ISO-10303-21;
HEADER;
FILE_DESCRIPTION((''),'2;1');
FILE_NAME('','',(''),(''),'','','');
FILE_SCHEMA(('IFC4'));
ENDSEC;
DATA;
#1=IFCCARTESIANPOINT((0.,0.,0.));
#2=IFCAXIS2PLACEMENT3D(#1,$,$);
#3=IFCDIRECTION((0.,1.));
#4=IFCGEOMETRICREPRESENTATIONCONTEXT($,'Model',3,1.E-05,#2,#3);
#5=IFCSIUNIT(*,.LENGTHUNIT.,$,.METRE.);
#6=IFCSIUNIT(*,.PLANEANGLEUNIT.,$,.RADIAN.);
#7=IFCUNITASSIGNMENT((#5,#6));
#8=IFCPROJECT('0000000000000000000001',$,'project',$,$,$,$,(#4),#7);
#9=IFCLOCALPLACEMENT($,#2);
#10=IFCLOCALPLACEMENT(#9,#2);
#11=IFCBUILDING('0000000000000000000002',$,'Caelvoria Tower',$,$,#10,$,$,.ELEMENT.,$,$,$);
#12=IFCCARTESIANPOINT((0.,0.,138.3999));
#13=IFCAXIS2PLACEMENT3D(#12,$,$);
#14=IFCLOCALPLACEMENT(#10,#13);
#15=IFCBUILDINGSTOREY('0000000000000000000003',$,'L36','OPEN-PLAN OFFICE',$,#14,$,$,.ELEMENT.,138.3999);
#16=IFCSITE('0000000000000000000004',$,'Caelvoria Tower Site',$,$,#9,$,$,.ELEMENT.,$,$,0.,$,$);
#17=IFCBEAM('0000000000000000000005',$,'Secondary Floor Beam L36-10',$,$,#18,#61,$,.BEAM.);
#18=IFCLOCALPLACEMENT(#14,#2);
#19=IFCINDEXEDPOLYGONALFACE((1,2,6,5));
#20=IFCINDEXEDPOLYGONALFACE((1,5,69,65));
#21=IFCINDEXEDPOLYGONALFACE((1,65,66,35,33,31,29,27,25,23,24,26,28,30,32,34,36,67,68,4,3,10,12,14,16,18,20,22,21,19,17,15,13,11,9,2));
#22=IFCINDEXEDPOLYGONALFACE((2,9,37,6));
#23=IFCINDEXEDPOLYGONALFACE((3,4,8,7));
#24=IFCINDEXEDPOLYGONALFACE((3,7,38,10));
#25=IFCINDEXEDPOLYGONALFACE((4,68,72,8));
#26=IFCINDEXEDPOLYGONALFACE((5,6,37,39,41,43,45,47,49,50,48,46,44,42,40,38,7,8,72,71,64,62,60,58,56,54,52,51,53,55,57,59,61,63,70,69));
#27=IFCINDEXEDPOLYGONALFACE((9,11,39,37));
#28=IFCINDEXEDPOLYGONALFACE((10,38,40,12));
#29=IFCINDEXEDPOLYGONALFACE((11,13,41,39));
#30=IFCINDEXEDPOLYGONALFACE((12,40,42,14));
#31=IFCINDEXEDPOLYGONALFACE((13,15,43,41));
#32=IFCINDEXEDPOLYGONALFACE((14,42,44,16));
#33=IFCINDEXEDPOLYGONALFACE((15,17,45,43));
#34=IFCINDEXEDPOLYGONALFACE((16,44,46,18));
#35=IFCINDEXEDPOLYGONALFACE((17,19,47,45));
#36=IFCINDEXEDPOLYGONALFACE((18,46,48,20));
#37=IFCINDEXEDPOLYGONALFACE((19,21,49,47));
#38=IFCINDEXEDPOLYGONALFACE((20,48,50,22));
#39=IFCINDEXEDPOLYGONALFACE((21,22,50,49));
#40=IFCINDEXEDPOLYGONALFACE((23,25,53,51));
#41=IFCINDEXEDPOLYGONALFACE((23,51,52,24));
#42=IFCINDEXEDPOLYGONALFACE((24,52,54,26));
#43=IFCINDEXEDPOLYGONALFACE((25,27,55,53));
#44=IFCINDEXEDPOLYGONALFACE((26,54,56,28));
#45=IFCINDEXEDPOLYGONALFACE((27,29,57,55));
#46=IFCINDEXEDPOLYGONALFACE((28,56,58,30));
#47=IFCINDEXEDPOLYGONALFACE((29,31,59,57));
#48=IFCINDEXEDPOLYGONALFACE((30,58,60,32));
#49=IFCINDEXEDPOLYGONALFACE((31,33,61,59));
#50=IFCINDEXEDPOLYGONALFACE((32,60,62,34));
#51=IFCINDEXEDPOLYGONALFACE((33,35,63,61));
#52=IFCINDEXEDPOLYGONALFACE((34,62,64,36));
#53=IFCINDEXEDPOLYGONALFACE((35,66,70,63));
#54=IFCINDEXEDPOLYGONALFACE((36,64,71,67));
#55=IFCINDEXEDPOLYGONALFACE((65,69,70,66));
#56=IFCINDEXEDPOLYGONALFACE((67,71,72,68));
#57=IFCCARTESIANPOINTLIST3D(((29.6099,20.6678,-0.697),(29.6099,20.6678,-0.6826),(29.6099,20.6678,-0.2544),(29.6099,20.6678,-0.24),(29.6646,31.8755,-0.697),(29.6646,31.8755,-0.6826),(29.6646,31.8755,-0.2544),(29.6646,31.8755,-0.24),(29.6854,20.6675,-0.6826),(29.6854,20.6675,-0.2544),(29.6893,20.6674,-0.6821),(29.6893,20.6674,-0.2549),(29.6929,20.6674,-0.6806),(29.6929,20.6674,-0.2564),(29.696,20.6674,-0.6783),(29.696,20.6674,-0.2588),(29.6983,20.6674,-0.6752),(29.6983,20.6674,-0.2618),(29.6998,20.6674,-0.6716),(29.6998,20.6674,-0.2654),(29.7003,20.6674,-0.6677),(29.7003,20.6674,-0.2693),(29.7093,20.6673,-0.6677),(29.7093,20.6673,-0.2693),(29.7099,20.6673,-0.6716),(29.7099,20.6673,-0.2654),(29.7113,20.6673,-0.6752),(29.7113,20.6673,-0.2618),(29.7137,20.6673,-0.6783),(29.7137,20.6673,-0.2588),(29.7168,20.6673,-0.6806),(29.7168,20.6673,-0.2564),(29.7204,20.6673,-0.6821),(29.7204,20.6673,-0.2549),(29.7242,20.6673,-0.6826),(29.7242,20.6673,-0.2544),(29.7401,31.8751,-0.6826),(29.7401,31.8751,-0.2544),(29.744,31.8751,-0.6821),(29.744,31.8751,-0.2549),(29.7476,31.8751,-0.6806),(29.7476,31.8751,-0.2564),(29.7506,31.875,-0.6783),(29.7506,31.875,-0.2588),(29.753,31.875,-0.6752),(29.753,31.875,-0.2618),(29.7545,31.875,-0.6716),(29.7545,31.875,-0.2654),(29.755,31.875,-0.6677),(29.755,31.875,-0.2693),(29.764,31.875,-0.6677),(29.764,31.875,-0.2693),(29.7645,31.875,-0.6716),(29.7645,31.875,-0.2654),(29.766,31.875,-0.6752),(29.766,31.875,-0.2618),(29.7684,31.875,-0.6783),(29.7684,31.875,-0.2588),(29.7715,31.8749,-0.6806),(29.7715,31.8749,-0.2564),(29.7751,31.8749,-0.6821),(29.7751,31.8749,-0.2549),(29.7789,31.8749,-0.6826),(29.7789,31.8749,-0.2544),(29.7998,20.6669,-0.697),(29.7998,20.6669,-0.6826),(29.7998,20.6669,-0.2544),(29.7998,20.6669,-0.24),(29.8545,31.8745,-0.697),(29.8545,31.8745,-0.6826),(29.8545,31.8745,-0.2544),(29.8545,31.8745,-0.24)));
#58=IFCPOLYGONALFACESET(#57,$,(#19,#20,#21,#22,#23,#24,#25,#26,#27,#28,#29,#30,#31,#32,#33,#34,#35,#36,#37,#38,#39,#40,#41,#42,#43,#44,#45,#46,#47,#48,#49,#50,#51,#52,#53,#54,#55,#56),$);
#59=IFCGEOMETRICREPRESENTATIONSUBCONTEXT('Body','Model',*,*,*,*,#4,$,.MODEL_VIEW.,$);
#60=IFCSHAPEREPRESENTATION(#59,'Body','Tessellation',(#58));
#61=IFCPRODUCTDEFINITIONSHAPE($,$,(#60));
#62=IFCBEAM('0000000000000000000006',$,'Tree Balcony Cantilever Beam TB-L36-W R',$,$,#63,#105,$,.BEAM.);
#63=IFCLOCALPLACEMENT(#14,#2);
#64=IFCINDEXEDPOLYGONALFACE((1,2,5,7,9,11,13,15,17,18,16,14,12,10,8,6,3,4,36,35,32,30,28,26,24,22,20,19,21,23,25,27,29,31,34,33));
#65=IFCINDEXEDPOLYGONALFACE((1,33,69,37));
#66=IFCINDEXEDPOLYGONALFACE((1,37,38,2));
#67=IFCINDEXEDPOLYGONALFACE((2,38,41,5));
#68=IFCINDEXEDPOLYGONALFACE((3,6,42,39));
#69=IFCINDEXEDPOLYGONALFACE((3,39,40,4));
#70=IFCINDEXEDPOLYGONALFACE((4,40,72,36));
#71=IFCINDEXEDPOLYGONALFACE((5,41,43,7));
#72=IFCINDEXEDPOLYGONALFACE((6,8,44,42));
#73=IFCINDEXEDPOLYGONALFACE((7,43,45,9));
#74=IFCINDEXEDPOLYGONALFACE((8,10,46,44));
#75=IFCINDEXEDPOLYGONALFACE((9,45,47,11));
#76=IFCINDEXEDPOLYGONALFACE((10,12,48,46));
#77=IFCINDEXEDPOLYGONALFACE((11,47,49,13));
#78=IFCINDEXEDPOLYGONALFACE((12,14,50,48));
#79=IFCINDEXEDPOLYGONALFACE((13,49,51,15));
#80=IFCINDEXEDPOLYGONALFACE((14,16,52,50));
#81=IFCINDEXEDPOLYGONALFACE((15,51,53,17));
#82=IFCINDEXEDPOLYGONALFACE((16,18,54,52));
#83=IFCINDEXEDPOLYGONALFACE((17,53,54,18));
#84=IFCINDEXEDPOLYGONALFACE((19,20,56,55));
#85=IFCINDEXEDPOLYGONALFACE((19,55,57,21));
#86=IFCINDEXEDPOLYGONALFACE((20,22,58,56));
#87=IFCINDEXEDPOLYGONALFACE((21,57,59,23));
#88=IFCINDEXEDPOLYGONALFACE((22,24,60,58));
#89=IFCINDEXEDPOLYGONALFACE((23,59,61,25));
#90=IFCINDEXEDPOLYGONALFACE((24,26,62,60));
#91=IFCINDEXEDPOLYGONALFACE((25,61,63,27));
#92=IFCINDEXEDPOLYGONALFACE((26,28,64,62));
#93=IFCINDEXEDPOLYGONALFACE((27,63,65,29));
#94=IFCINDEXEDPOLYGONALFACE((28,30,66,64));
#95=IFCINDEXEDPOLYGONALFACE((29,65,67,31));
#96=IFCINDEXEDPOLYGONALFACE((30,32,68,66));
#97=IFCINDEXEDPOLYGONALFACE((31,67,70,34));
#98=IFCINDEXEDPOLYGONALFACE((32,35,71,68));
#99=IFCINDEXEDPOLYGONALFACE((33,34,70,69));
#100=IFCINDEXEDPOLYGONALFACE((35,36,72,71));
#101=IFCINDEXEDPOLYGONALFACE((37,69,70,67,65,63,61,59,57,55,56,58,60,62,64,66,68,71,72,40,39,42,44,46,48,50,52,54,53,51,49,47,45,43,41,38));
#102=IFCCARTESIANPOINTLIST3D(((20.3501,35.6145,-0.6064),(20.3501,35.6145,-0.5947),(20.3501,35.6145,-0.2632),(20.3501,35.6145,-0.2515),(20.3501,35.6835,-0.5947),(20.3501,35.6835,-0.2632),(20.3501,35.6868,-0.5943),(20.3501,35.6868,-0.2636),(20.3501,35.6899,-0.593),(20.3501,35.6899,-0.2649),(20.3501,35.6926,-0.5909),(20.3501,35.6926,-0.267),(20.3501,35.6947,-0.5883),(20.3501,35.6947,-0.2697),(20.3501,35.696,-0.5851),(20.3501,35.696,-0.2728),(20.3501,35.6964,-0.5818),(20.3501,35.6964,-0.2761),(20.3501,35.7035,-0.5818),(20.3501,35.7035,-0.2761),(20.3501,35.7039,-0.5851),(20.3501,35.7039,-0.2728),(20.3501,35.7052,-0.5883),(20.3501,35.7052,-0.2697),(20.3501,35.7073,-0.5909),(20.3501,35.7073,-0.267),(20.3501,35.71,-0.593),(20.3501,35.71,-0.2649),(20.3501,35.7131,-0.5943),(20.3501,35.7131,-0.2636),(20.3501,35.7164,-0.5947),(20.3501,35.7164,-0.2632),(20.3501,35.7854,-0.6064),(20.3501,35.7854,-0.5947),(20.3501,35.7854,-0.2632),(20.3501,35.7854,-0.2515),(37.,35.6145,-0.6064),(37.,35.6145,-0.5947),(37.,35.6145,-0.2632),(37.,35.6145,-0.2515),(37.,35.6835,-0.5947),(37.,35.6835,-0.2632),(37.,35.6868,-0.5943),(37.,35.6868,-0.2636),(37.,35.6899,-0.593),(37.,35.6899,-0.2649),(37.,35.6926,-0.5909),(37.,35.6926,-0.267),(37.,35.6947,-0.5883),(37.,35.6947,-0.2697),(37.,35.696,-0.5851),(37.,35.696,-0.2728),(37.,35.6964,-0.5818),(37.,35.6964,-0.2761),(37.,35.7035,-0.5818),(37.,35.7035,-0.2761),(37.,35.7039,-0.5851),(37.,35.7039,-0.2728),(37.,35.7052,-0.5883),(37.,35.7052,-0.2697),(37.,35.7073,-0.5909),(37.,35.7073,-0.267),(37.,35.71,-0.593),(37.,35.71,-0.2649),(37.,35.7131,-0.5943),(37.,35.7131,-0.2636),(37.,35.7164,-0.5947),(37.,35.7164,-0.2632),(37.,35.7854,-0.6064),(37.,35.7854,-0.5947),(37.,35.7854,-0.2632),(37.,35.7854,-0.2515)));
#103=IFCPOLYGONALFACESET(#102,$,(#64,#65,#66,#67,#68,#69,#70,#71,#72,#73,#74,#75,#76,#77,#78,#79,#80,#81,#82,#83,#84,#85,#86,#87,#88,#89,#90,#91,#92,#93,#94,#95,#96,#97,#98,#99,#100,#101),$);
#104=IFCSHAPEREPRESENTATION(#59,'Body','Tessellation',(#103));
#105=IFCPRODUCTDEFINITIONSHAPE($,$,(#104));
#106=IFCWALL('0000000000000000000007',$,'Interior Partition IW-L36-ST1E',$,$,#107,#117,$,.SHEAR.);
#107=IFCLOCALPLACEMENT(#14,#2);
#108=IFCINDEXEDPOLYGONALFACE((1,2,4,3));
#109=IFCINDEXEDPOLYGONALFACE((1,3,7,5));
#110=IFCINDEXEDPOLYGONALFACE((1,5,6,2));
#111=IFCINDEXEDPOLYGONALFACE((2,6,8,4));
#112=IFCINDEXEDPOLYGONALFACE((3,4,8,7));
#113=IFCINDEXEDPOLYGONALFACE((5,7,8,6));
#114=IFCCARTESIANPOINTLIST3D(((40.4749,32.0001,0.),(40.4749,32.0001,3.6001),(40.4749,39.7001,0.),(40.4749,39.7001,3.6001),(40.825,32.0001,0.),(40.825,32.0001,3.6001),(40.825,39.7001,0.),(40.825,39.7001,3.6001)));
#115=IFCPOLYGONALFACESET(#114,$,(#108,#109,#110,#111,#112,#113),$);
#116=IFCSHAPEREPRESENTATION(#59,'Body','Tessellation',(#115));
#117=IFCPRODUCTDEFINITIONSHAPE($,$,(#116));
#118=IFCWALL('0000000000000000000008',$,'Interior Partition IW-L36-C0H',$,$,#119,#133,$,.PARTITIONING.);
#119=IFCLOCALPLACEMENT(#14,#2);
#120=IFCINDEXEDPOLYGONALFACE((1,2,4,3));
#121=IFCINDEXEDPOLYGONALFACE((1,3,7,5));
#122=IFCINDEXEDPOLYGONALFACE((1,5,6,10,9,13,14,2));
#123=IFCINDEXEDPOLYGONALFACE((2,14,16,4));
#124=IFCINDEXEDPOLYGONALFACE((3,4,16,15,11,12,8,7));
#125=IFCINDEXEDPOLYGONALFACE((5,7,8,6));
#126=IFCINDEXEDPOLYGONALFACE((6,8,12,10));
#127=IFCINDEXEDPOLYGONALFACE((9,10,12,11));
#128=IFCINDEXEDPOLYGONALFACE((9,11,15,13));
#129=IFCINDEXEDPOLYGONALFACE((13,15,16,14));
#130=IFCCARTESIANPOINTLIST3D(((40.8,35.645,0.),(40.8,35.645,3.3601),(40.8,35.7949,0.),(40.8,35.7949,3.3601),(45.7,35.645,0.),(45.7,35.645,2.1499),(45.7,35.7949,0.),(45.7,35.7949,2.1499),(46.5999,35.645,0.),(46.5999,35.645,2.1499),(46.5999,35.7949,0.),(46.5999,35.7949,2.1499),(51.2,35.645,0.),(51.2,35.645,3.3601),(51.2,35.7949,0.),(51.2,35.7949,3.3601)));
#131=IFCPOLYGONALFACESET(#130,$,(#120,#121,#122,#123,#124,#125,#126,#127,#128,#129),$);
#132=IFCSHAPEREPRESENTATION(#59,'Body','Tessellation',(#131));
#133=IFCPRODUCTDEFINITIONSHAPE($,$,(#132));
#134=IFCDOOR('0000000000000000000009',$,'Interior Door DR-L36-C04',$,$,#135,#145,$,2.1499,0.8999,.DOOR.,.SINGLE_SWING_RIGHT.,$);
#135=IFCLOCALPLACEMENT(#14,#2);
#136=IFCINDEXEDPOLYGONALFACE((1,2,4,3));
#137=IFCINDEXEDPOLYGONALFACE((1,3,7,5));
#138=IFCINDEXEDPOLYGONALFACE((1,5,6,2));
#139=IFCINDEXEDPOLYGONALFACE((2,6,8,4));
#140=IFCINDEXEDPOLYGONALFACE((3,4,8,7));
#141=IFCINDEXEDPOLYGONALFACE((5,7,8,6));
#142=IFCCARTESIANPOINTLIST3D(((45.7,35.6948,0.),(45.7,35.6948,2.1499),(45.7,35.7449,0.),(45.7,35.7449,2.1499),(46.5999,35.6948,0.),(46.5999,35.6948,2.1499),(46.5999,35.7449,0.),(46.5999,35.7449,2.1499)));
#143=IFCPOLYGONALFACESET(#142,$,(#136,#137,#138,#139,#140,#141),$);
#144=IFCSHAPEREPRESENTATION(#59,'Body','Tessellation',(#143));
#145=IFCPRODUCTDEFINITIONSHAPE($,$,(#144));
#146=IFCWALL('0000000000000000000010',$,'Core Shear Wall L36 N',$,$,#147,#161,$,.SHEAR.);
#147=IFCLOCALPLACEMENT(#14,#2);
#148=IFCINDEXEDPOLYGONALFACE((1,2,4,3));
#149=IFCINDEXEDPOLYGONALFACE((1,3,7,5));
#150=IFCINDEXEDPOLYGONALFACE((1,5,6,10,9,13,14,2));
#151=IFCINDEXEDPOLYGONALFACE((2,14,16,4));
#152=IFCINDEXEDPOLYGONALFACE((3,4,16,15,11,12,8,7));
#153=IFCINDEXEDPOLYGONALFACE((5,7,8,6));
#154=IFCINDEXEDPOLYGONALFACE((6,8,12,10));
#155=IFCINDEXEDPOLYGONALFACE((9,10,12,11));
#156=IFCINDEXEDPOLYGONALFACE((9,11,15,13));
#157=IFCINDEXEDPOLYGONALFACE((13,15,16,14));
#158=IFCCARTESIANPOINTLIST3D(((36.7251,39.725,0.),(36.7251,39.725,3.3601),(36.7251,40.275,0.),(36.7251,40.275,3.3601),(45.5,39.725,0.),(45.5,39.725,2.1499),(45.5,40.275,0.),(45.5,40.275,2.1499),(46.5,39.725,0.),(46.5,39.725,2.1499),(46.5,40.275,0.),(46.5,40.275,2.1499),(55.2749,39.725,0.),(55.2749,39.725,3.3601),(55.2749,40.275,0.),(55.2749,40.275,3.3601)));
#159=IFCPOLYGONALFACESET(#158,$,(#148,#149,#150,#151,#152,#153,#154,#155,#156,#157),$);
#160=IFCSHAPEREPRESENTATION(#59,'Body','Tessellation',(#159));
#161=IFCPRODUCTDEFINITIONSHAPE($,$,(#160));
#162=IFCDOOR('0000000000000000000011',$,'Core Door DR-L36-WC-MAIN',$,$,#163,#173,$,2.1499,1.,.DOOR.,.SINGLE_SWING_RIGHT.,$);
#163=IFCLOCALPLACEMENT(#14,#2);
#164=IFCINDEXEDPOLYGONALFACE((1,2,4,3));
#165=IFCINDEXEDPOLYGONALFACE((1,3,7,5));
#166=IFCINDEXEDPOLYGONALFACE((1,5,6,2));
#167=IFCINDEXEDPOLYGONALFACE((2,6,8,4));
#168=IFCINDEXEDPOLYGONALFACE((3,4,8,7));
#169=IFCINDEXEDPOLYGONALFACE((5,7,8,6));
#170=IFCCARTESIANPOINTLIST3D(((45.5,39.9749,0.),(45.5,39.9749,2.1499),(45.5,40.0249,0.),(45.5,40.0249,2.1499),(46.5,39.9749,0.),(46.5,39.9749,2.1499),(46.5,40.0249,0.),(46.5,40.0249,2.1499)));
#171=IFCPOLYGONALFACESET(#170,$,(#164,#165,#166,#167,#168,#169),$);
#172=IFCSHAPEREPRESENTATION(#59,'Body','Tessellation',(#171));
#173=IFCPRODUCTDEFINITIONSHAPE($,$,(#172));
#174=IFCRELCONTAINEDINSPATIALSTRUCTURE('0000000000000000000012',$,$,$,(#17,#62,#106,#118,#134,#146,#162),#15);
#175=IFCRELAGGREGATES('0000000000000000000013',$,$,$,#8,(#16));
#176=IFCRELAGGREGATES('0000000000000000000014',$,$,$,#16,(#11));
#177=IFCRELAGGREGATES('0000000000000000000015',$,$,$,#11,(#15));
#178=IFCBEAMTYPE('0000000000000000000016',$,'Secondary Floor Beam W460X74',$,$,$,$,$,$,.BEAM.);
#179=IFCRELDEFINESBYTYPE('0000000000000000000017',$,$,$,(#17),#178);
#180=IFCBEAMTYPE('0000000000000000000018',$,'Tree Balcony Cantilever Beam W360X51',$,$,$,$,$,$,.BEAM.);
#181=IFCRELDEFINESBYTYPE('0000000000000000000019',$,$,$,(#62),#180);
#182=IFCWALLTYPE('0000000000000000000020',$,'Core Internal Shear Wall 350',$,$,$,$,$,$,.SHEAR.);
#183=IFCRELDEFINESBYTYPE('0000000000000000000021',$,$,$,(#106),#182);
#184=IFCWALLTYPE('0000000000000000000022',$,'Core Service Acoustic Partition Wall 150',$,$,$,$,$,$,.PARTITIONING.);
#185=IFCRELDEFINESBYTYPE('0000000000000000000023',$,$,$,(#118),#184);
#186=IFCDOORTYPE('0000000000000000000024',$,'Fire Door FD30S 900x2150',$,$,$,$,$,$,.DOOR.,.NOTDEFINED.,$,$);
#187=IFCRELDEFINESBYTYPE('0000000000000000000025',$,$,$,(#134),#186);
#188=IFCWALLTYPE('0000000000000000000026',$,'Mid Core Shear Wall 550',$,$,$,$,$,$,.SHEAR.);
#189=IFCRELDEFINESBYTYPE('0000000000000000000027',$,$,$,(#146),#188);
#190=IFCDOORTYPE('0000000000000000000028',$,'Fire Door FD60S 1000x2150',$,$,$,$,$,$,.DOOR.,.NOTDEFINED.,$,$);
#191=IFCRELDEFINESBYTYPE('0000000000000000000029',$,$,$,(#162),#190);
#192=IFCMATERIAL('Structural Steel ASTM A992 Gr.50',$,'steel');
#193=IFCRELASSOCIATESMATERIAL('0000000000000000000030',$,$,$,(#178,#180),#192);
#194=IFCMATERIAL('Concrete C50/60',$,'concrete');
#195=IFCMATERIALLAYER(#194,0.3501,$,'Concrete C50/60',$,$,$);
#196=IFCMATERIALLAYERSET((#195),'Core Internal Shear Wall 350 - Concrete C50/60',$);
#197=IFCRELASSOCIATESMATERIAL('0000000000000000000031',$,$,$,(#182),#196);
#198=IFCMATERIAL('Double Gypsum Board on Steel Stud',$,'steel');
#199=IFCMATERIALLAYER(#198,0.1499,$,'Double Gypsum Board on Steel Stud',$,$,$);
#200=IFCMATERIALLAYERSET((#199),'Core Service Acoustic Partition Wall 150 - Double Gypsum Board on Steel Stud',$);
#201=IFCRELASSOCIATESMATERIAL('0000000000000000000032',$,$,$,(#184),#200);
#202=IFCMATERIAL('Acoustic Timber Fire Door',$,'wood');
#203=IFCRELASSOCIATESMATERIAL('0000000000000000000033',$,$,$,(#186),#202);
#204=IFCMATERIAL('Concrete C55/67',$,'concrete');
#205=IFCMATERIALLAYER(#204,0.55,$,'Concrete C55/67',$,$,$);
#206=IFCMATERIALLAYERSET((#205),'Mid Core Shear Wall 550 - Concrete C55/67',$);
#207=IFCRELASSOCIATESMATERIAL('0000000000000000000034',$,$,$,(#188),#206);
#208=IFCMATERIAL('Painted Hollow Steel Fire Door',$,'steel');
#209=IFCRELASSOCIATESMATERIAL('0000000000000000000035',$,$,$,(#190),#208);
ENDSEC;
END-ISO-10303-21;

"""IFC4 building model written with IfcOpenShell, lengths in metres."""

from ifc_helpers import new_model, si_unit, direction, frame, frame_2d, origin, origin_2d, place, context, subcontext, project, spatial, rectangle, i_section, extrude, material, layer, layer_set, material_profile, profile_set, type_object, element, fill, save


model = new_model("IFC4")

# Units and contexts
model_context = context("Model", 3, precision=1e-05, world=origin(), true_north=direction((0.0, 1.0)))
body_context = subcontext(model_context, "Body", "Model", "MODEL_VIEW")
ifc_project = project(units=[si_unit("LENGTHUNIT", "METRE"), si_unit("PLANEANGLEUNIT", "RADIAN")], contexts=[model_context])

# Site, building, storey
site_placement = place(None, origin())
site = spatial("IfcSite", under=ifc_project, at=site_placement, Name="Caelvoria Tower Site", CompositionType="ELEMENT", RefElevation=0.0)
building_placement = place(site_placement, origin())
building = spatial("IfcBuilding", under=site, at=building_placement, Name="Caelvoria Tower", CompositionType="ELEMENT")
storey_placement = place(building_placement, frame((0.0, 0.0, 138.3999)))
storey = spatial("IfcBuildingStorey", under=building, at=storey_placement, Name="L36", Description="OPEN-PLAN OFFICE", CompositionType="ELEMENT", Elevation=138.3999)

# Shared definitions
ifc_material_1 = material(Name="Structural Steel ASTM A992 Gr.50", Category="steel")

# Beams
ifc_material_profile_1 = material_profile(ifc_material_1, i_section(OverallWidth=0.1899, OverallDepth=0.457, WebThickness=0.009, FlangeThickness=0.0144, FilletRadius=0.0149, at=origin_2d()), Name="Structural Steel ASTM A992 Gr.50")
ifc_profile_set_1 = profile_set([ifc_material_profile_1], Name="W460X74 - Structural Steel ASTM A992 Gr.50")
beam_type_1 = type_object("IfcBeamType", Name="Secondary Floor Beam W460X74", PredefinedType="BEAM", material=ifc_profile_set_1)
for number, where, z_axis, x_axis, name in (
    (1, (29.7595, 31.875, -0.4685), (-0.004879, -0.999988, 0.0), (0.999988, -0.004879, 0.0), "Secondary Floor Beam L36-10"),
):
    element("IfcBeam", number, at=place(storey_placement, frame(where, z_axis=z_axis, x_axis=x_axis)), inside=storey, type_object=beam_type_1, Name=name, PredefinedType="BEAM", context=body_context, shape_type="SweptSolid", body=[
        extrude(i_section(OverallWidth=0.1899, OverallDepth=0.457, WebThickness=0.009, FlangeThickness=0.0144, FilletRadius=0.0149, at=origin_2d()), origin(), (0.0, 0.0, 1.0), 11.2078),
    ])
ifc_material_profile_2 = material_profile(ifc_material_1, i_section(OverallWidth=0.1709, OverallDepth=0.355, WebThickness=0.0071, FlangeThickness=0.0117, FilletRadius=0.0129, at=origin_2d()), Name="Structural Steel ASTM A992 Gr.50")
ifc_profile_set_2 = profile_set([ifc_material_profile_2], Name="W360X51 - Structural Steel ASTM A992 Gr.50")
beam_type_2 = type_object("IfcBeamType", Name="Tree Balcony Cantilever Beam W360X51", PredefinedType="BEAM", material=ifc_profile_set_2)
beam_1_placement = place(storey_placement, frame((37.0, 35.7, -0.429), z_axis=(-1.0, 0.0, 0.0), x_axis=(0.0, -1.0, 0.0)))
element("IfcBeam", 2, at=beam_1_placement, inside=storey, type_object=beam_type_2, Name="Tree Balcony Cantilever Beam TB-L36-W R", PredefinedType="BEAM", context=body_context, shape_type="SweptSolid", body=[
    extrude(i_section(OverallWidth=0.1709, OverallDepth=0.355, WebThickness=0.0071, FlangeThickness=0.0117, FilletRadius=0.0129, at=origin_2d()), origin(), (0.0, 0.0, 1.0), 16.6499),
])

# Shared definitions
ifc_material_2 = material(Name="Concrete C50/60", Category="concrete")
ifc_layer_1 = layer(ifc_material_2, 0.3501, Name="Concrete C50/60")
ifc_layer_set_1 = layer_set([ifc_layer_1], Name="Core Internal Shear Wall 350 - Concrete C50/60")
wall_type_1 = type_object("IfcWallType", Name="Core Internal Shear Wall 350", PredefinedType="SHEAR", material=ifc_layer_set_1)
ifc_material_3 = material(Name="Painted Hollow Steel Fire Door", Category="steel")

# Wall
wall_1_placement = place(storey_placement, frame((40.6499, 32.0, 0.0), z_axis=(0.0, 0.0, 1.0), x_axis=(0.0, 1.0, 0.0)))
element("IfcWall", 3, at=wall_1_placement, inside=storey, type_object=wall_type_1, Name="Interior Partition IW-L36-ST1E", PredefinedType="SHEAR", context=body_context, shape_type="SweptSolid", body=[
    extrude(rectangle(XDim=7.7, YDim=0.3501, at=frame_2d((3.8501, 0.0))), origin(), (0.0, 0.0, 1.0), 3.6001),
])

# Walls, openings, doors
ifc_material_4 = material(Name="Double Gypsum Board on Steel Stud", Category="steel")
ifc_layer_2 = layer(ifc_material_4, 0.1499, Name="Double Gypsum Board on Steel Stud")
ifc_layer_set_2 = layer_set([ifc_layer_2], Name="Core Service Acoustic Partition Wall 150 - Double Gypsum Board on Steel Stud")
wall_type_2 = type_object("IfcWallType", Name="Core Service Acoustic Partition Wall 150", PredefinedType="PARTITIONING", material=ifc_layer_set_2)
wall_2_placement = place(storey_placement, frame((40.8, 35.72, 0.0), z_axis=(0.0, 0.0, 1.0), x_axis=(1.0, 0.0, 0.0)))
wall_2 = element("IfcWall", 4, at=wall_2_placement, inside=storey, type_object=wall_type_2, Name="Interior Partition IW-L36-C0H", PredefinedType="PARTITIONING", context=body_context, shape_type="SweptSolid", body=[
    extrude(rectangle(XDim=10.3999, YDim=0.1499, at=frame_2d((5.2, 0.0))), origin(), (0.0, 0.0, 1.0), 3.3601),
])
opening_1_placement = place(wall_2_placement, frame((4.8999, 0.0, 0.0)))
opening_1 = element("IfcOpeningElement", 5, at=opening_1_placement, cuts=wall_2, PredefinedType="OPENING", context=body_context, shape_type="SweptSolid", body=[
    extrude(rectangle(XDim=0.8999, YDim=2.1499, at=frame_2d((0.45, 1.075))), frame((0.0, 0.085, 0.0), z_axis=(0.0, -1.0, 0.0), x_axis=(1.0, 0.0, 0.0)), (0.0, 0.0, 1.0), 0.1699),
])
ifc_material_5 = material(Name="Acoustic Timber Fire Door", Category="wood")
door_type_1 = type_object("IfcDoorType", Name="Fire Door FD30S 900x2150", OperationType="NOTDEFINED", PredefinedType="DOOR", material=ifc_material_5)
door_1_placement = place(opening_1_placement, origin())
door_1 = element("IfcDoor", 6, at=door_1_placement, inside=storey, type_object=door_type_1, Name="Interior Door DR-L36-C04", OperationType="SINGLE_SWING_RIGHT", OverallHeight=2.1499, OverallWidth=0.8999, PredefinedType="DOOR", context=body_context, shape_type="SweptSolid", body=[
    extrude(rectangle(XDim=0.8999, YDim=2.1499, at=frame_2d((0.45, 1.075))), frame((0.0, 0.0249, 0.0), z_axis=(0.0, -1.0, 0.0), x_axis=(1.0, 0.0, 0.0)), (0.0, 0.0, 1.0), 0.05),
])
fill(opening_1, door_1)
ifc_material_6 = material(Name="Concrete C55/67", Category="concrete")
ifc_layer_3 = layer(ifc_material_6, 0.55, Name="Concrete C55/67")
ifc_layer_set_3 = layer_set([ifc_layer_3], Name="Mid Core Shear Wall 550 - Concrete C55/67")
wall_type_3 = type_object("IfcWallType", Name="Mid Core Shear Wall 550", PredefinedType="SHEAR", material=ifc_layer_set_3)
wall_3_placement = place(storey_placement, frame((36.7251, 40.0, 0.0), z_axis=(0.0, 0.0, 1.0), x_axis=(1.0, 0.0, 0.0)))
wall_3 = element("IfcWall", 7, at=wall_3_placement, inside=storey, type_object=wall_type_3, Name="Core Shear Wall L36 N", PredefinedType="SHEAR", context=body_context, shape_type="SweptSolid", body=[
    extrude(rectangle(XDim=18.5498, YDim=0.55, at=frame_2d((9.2749, 0.0))), origin(), (0.0, 0.0, 1.0), 3.3601),
])
opening_2_placement = place(wall_3_placement, frame((8.7749, 0.0, 0.0)))
opening_2 = element("IfcOpeningElement", 8, at=opening_2_placement, cuts=wall_3, PredefinedType="OPENING", context=body_context, shape_type="SweptSolid", body=[
    extrude(rectangle(XDim=1.0, YDim=2.1499, at=frame_2d((0.5, 1.075))), frame((0.0, 0.2849, 0.0), z_axis=(0.0, -1.0, 0.0), x_axis=(1.0, 0.0, 0.0)), (0.0, 0.0, 1.0), 0.5701),
])
door_type_2 = type_object("IfcDoorType", Name="Fire Door FD60S 1000x2150", OperationType="NOTDEFINED", PredefinedType="DOOR", material=ifc_material_3)
door_2_placement = place(opening_2_placement, origin())
door_2 = element("IfcDoor", 9, at=door_2_placement, inside=storey, type_object=door_type_2, Name="Core Door DR-L36-WC-MAIN", OperationType="SINGLE_SWING_RIGHT", OverallHeight=2.1499, OverallWidth=1.0, PredefinedType="DOOR", context=body_context, shape_type="SweptSolid", body=[
    extrude(rectangle(XDim=1.0, YDim=2.1499, at=frame_2d((0.5, 1.075))), frame((0.0, 0.0249, 0.0), z_axis=(0.0, -1.0, 0.0), x_axis=(1.0, 0.0, 0.0)), (0.0, 0.0, 1.0), 0.05),
])
fill(opening_2, door_2)

save(model, "model.ifc")
